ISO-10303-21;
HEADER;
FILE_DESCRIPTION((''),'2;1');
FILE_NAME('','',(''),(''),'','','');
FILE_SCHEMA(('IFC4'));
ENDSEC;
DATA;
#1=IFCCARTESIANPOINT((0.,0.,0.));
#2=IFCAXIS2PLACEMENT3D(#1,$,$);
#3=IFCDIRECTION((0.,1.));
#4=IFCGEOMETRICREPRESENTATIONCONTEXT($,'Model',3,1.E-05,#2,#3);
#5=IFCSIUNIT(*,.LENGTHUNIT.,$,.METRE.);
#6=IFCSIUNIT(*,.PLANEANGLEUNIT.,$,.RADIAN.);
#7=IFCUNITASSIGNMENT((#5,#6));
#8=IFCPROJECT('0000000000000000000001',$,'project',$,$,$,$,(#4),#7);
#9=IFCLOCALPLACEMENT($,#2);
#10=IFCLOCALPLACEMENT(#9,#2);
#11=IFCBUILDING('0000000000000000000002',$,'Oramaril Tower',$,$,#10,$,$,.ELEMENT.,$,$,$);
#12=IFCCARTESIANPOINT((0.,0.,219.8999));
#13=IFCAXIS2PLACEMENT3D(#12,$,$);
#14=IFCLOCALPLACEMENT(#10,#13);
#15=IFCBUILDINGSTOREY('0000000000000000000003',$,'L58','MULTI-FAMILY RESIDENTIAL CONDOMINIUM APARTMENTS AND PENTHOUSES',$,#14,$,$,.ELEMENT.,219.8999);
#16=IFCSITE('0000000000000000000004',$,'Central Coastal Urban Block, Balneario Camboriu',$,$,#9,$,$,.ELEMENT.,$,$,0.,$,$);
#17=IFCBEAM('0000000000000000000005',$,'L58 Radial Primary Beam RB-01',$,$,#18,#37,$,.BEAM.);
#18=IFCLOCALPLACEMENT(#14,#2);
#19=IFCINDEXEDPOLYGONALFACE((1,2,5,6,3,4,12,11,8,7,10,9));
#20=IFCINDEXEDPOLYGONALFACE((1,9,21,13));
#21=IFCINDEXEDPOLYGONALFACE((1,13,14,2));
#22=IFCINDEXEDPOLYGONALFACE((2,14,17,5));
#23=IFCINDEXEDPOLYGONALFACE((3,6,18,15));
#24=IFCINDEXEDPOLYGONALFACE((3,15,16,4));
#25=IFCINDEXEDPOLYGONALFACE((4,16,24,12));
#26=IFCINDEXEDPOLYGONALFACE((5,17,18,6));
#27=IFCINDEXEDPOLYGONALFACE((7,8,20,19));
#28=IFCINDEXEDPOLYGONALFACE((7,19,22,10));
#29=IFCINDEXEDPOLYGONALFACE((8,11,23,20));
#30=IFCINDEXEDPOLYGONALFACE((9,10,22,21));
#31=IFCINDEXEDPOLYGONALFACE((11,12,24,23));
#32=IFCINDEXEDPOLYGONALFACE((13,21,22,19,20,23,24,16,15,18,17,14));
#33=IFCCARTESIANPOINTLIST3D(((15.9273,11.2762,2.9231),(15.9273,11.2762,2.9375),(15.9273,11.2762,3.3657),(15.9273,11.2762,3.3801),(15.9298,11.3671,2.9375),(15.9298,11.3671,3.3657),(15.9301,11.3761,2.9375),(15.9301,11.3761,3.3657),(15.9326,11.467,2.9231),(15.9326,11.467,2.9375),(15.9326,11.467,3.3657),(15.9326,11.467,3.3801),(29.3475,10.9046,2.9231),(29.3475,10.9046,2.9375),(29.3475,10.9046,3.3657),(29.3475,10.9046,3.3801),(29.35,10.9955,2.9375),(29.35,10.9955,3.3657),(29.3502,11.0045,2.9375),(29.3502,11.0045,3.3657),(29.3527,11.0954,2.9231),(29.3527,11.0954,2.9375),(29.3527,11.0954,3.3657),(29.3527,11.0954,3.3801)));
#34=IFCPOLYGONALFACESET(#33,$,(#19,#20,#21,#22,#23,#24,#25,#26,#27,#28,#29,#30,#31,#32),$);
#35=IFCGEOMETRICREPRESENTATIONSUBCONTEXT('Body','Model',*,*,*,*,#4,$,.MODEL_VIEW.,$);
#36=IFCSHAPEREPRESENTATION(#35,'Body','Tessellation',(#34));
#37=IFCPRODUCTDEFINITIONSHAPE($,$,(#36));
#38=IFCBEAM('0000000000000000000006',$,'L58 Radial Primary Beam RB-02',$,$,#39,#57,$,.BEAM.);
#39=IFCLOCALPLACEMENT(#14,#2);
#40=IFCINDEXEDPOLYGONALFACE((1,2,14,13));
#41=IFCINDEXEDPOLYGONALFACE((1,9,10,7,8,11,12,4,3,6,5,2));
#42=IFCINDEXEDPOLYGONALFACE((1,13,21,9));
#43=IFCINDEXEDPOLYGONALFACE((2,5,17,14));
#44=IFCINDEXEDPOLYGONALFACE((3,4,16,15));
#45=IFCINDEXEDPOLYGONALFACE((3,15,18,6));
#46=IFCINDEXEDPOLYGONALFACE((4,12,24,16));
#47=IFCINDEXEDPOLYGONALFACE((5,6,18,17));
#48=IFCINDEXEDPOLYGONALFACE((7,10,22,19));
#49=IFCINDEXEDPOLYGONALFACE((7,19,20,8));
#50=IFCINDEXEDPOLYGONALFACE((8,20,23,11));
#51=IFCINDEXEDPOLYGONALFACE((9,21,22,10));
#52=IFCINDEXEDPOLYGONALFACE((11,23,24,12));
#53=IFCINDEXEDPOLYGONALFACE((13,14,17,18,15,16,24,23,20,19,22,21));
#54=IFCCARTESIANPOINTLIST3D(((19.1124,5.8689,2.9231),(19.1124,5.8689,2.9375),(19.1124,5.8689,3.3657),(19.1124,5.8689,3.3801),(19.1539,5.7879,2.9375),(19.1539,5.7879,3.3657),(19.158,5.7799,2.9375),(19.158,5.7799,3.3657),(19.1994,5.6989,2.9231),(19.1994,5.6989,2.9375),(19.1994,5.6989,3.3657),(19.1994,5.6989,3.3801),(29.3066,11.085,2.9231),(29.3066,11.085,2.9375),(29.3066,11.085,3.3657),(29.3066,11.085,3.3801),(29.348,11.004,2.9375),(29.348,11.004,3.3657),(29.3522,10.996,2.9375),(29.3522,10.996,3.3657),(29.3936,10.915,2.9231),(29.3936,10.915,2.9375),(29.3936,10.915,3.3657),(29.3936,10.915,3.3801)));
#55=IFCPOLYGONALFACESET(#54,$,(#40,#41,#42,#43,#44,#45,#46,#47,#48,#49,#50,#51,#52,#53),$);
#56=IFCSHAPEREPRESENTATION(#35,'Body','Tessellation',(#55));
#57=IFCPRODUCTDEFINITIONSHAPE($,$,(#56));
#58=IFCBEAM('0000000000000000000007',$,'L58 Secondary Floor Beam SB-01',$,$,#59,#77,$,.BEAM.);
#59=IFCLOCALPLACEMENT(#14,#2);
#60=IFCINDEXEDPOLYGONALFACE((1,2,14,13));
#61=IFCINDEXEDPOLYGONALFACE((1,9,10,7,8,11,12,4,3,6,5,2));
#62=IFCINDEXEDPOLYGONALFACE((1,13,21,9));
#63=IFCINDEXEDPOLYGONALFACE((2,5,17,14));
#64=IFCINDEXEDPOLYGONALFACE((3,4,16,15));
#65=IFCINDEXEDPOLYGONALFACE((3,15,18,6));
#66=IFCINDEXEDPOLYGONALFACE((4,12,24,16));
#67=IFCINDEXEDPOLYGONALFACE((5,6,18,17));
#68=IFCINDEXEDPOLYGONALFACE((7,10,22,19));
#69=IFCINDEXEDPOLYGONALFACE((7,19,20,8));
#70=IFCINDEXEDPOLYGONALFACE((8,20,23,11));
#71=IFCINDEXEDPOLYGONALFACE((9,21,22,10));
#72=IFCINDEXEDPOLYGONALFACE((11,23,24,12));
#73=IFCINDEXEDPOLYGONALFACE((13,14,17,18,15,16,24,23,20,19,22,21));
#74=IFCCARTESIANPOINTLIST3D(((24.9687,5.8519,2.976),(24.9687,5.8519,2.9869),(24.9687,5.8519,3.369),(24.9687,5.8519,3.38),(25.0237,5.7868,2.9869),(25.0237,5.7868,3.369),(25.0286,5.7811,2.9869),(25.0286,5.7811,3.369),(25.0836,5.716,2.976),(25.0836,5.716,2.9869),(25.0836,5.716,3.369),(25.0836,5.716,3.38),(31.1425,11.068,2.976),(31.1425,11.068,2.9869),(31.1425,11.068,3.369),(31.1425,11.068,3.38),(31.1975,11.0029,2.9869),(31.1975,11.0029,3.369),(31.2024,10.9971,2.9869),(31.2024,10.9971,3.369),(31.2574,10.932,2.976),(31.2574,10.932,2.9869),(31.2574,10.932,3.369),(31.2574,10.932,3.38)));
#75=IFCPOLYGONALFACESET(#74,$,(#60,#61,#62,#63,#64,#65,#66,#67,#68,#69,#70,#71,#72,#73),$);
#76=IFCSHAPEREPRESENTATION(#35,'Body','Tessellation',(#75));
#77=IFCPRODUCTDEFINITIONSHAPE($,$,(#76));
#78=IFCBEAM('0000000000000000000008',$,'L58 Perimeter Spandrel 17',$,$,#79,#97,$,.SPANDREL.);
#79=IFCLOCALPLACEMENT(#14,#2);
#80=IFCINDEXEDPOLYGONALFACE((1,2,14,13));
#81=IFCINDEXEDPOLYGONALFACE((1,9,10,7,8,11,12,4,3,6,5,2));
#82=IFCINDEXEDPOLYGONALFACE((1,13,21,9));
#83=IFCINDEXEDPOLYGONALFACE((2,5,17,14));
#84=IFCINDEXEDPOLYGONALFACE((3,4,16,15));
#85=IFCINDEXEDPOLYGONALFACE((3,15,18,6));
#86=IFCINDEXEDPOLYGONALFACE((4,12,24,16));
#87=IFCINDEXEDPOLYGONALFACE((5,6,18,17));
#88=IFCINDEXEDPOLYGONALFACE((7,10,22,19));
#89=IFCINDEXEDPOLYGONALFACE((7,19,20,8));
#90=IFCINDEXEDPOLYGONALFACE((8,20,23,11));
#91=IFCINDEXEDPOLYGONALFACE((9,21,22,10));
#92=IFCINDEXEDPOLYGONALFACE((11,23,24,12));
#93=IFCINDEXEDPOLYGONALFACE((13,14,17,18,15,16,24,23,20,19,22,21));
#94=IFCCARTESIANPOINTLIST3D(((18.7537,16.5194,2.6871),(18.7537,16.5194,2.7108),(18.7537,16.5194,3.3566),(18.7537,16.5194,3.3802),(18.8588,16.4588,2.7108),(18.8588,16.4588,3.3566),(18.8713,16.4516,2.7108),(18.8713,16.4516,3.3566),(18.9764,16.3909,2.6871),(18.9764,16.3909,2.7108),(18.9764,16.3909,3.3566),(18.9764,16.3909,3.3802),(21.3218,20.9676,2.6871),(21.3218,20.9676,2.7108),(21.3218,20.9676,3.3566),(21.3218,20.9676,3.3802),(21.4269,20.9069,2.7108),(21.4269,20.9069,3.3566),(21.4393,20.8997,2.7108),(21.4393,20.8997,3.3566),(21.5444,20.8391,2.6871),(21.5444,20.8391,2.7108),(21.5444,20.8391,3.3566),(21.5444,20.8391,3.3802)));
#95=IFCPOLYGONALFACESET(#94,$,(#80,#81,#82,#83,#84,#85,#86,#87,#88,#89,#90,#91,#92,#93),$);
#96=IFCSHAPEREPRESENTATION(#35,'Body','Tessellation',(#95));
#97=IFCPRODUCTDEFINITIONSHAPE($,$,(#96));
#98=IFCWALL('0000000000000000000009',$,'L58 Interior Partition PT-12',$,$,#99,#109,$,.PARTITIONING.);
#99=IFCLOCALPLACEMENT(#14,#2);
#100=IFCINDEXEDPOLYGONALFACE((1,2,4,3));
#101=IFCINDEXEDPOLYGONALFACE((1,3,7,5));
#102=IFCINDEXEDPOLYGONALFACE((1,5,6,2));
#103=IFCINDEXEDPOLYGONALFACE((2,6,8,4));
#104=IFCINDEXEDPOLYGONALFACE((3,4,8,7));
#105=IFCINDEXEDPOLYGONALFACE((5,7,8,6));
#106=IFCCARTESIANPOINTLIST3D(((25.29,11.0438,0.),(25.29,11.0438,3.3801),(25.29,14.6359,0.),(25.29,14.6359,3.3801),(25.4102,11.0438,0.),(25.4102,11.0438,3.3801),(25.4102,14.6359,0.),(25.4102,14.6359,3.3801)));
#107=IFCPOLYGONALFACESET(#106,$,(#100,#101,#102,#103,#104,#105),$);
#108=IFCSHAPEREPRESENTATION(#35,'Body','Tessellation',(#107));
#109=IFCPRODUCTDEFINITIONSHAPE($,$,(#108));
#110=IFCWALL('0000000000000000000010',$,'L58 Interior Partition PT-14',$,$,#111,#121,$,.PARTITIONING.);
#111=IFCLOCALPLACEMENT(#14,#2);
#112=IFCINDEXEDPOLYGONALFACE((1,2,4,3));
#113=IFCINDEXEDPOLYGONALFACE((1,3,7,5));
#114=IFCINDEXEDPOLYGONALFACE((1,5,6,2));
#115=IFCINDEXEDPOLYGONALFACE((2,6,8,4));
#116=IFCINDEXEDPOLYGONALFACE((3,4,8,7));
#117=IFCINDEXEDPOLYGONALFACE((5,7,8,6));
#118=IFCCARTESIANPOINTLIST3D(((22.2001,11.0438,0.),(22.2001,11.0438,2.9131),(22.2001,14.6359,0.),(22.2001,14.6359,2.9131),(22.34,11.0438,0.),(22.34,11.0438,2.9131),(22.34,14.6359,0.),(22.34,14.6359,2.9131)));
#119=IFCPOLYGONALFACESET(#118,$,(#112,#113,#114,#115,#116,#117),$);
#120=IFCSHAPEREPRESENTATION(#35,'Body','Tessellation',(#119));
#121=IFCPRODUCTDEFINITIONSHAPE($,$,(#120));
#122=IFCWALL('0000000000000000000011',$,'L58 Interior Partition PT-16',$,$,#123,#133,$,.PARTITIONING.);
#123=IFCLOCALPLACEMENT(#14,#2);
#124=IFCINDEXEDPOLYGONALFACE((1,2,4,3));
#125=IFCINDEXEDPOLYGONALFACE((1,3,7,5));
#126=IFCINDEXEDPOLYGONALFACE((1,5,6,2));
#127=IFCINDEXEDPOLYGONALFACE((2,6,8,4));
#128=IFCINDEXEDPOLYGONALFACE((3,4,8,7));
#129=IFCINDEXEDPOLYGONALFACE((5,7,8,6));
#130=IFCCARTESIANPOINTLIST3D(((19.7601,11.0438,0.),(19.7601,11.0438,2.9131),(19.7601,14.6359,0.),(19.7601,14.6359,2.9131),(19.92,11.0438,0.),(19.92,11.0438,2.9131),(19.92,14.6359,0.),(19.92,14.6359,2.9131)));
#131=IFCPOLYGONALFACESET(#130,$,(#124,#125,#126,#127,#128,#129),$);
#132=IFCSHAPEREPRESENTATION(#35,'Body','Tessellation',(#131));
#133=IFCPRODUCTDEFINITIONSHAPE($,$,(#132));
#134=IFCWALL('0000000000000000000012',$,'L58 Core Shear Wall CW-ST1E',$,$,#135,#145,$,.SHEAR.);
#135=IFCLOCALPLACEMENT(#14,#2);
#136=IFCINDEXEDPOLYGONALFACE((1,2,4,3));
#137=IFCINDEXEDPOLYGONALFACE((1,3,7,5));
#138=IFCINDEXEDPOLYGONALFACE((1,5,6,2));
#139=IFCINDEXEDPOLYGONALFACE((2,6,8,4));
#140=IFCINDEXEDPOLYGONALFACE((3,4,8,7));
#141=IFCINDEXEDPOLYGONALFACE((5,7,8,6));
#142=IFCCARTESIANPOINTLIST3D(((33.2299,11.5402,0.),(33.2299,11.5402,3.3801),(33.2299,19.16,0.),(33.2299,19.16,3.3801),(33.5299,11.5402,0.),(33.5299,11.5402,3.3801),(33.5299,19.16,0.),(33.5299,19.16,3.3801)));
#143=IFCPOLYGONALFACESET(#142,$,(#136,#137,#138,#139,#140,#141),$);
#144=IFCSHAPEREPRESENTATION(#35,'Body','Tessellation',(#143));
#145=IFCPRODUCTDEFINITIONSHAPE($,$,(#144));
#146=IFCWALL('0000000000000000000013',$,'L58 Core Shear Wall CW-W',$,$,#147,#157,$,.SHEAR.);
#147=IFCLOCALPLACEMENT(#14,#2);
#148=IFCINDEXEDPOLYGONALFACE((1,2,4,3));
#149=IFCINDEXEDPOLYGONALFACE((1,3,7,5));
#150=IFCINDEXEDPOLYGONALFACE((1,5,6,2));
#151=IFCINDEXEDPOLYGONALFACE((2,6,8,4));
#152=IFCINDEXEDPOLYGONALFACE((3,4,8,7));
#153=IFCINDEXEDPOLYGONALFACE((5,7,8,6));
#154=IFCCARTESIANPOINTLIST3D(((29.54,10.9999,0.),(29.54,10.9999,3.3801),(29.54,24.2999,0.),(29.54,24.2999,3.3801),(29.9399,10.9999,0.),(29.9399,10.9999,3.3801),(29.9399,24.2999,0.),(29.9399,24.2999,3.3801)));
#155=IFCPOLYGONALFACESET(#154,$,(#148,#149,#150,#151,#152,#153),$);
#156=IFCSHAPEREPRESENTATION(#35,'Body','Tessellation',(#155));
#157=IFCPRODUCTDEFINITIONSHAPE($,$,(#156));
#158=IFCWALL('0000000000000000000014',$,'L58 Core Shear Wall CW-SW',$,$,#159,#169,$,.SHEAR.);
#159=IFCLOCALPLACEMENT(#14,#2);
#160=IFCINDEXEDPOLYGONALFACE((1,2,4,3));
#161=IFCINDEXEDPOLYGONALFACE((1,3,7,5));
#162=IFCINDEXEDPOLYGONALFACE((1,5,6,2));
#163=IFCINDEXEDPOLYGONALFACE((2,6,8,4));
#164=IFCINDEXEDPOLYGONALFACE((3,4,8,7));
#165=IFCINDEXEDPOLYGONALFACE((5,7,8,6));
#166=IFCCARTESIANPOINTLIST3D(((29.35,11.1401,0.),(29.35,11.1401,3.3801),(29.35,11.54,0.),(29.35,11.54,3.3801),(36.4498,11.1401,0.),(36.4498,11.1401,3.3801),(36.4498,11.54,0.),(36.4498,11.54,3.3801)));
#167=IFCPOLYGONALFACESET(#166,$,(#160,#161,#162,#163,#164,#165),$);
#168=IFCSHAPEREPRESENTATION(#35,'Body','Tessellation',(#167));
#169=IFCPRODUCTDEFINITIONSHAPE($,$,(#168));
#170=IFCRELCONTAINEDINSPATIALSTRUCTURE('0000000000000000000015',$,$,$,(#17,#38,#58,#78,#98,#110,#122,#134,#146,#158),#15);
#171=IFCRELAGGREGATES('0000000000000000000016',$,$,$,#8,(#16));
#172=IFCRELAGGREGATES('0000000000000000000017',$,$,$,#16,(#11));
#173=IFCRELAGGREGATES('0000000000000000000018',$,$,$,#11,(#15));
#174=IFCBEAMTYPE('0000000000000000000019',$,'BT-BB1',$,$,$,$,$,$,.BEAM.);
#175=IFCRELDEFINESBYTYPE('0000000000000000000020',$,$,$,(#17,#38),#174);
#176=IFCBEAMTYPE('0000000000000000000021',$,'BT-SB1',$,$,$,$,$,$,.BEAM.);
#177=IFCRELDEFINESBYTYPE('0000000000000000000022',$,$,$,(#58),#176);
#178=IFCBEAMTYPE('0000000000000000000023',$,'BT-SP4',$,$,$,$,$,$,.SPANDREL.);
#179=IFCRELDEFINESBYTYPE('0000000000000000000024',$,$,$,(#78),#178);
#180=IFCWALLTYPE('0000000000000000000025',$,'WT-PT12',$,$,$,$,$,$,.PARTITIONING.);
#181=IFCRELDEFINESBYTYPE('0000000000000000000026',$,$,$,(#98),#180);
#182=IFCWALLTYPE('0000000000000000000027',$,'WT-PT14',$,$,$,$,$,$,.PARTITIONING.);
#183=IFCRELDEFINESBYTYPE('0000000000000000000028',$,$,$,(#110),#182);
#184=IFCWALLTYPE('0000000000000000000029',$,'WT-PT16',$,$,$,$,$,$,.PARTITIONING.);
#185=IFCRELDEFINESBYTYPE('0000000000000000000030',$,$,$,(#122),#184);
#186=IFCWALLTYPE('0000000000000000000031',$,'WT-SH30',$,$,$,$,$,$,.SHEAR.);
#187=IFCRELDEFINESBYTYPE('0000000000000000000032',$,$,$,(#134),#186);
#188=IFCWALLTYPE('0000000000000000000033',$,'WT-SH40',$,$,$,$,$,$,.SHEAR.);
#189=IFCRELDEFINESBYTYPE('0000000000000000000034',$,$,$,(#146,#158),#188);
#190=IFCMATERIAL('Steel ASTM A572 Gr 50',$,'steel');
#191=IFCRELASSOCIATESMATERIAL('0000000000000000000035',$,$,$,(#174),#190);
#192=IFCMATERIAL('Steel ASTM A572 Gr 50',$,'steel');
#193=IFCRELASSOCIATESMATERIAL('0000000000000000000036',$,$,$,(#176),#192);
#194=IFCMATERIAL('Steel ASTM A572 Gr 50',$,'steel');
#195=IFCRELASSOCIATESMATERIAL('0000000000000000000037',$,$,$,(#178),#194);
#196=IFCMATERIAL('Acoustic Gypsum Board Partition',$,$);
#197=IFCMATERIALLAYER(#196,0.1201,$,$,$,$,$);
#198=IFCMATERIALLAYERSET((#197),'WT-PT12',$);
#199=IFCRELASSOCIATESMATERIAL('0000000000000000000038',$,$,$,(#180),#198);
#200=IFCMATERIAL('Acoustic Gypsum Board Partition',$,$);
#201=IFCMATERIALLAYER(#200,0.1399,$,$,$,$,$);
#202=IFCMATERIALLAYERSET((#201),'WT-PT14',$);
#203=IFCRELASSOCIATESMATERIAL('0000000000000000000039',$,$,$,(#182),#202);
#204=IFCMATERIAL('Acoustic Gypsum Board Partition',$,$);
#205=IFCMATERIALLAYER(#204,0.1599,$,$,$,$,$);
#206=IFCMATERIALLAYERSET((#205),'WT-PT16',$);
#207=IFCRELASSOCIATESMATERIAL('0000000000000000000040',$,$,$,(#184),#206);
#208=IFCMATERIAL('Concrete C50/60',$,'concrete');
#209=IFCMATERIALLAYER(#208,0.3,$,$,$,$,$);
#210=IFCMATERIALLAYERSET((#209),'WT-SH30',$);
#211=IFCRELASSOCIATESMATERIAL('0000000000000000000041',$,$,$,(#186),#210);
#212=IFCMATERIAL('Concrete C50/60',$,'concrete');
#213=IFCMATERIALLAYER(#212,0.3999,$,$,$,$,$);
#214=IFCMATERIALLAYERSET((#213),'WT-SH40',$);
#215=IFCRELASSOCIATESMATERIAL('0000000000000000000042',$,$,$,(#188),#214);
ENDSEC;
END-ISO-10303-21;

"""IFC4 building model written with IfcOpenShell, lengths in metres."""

from ifc_helpers import new_model, si_unit, direction, frame, frame_2d, origin, origin_2d, place, context, subcontext, project, spatial, rectangle, i_section, extrude, material, layer, layer_set, material_profile, profile_set, type_object, element, save


model = new_model("IFC4")

# Units and contexts
model_context = context("Model", 3, precision=1e-05, world=origin(), true_north=direction((0.0, 1.0)))
body_context = subcontext(model_context, "Body", "Model", "MODEL_VIEW")
ifc_project = project(units=[si_unit("LENGTHUNIT", "METRE"), si_unit("PLANEANGLEUNIT", "RADIAN")], contexts=[model_context])

# Site, building, storey
site_placement = place(None, origin())
site = spatial("IfcSite", under=ifc_project, at=site_placement, Name="Central Coastal Urban Block, Balneario Camboriu", CompositionType="ELEMENT", RefElevation=0.0)
building_placement = place(site_placement, origin())
building = spatial("IfcBuilding", under=site, at=building_placement, Name="Oramaril Tower", CompositionType="ELEMENT")
storey_placement = place(building_placement, frame((0.0, 0.0, 219.8999)))
storey = spatial("IfcBuildingStorey", under=building, at=storey_placement, Name="L58", Description="MULTI-FAMILY RESIDENTIAL CONDOMINIUM APARTMENTS AND PENTHOUSES", CompositionType="ELEMENT", Elevation=219.8999)

# Beams
ifc_material_1 = material(Name="Steel ASTM A572 Gr 50", Category="steel")
ifc_material_profile_1 = material_profile(ifc_material_1, i_section(OverallWidth=0.1909, OverallDepth=0.457, WebThickness=0.009, FlangeThickness=0.0144, at=origin_2d()), Name="W18X50")
ifc_profile_set_1 = profile_set([ifc_material_profile_1], Name="Steel ASTM A572 Gr 50")
beam_type_1 = type_object("IfcBeamType", Name="BT-BB1", PredefinedType="BEAM", material=ifc_profile_set_1)
beam_1_placement = place(storey_placement, frame((29.3501, 11.0, 3.1516), z_axis=(-0.999617, 0.027678, 0.0), x_axis=(-0.027678, -0.999617, 0.0)))
element("IfcBeam", 1, at=beam_1_placement, inside=storey, type_object=beam_type_1, Name="L58 Radial Primary Beam RB-01", PredefinedType="BEAM", context=body_context, shape_type="SweptSolid", body=[
    extrude(i_section(OverallWidth=0.1909, OverallDepth=0.457, WebThickness=0.009, FlangeThickness=0.0144, at=origin_2d()), origin(), (0.0, 0.0, 1.0), 13.4253),
])
beam_2_placement = place(storey_placement, frame((29.3501, 11.0, 3.1516), z_axis=(-0.890231, -0.455509, 0.0), x_axis=(0.455509, -0.890231, 0.0)))
element("IfcBeam", 2, at=beam_2_placement, inside=storey, type_object=beam_type_1, Name="L58 Radial Primary Beam RB-02", PredefinedType="BEAM", context=body_context, shape_type="SweptSolid", body=[
    extrude(i_section(OverallWidth=0.1909, OverallDepth=0.457, WebThickness=0.009, FlangeThickness=0.0144, at=origin_2d()), origin(), (0.0, 0.0, 1.0), 11.4512),
])
ifc_material_2 = material(Name="Steel ASTM A572 Gr 50", Category="steel")
ifc_material_profile_2 = material_profile(ifc_material_2, i_section(OverallWidth=0.178, OverallDepth=0.4041, WebThickness=0.0076, FlangeThickness=0.011, at=origin_2d()), Name="W16X36")
ifc_profile_set_2 = profile_set([ifc_material_profile_2], Name="Steel ASTM A572 Gr 50")
beam_type_2 = type_object("IfcBeamType", Name="BT-SB1", PredefinedType="BEAM", material=ifc_profile_set_2)
beam_3_placement = place(storey_placement, frame((31.2, 11.0, 3.178), z_axis=(-0.763871, -0.645369, 0.0), x_axis=(0.645369, -0.763871, 0.0)))
element("IfcBeam", 3, at=beam_3_placement, inside=storey, type_object=beam_type_2, Name="L58 Secondary Floor Beam SB-01", PredefinedType="BEAM", context=body_context, shape_type="SweptSolid", body=[
    extrude(i_section(OverallWidth=0.178, OverallDepth=0.4041, WebThickness=0.0076, FlangeThickness=0.011, at=origin_2d()), origin(), (0.0, 0.0, 1.0), 8.0823),
])
ifc_material_3 = material(Name="Steel ASTM A572 Gr 50", Category="steel")
ifc_material_profile_3 = material_profile(ifc_material_3, i_section(OverallWidth=0.2571, OverallDepth=0.6931, WebThickness=0.0144, FlangeThickness=0.0237, at=origin_2d()), Name="W27X114")
ifc_profile_set_3 = profile_set([ifc_material_profile_3], Name="Steel ASTM A572 Gr 50")
beam_type_3 = type_object("IfcBeamType", Name="BT-SP4", PredefinedType="SPANDREL", material=ifc_profile_set_3)
beam_4_placement = place(storey_placement, frame((21.4331, 20.9033, 3.0337), z_axis=(-0.499989, -0.866032, 0.0), x_axis=(0.866032, -0.499989, 0.0)))
element("IfcBeam", 4, at=beam_4_placement, inside=storey, type_object=beam_type_3, Name="L58 Perimeter Spandrel 17", PredefinedType="SPANDREL", context=body_context, shape_type="SweptSolid", body=[
    extrude(i_section(OverallWidth=0.2571, OverallDepth=0.6931, WebThickness=0.0144, FlangeThickness=0.0237, at=origin_2d()), origin(), (0.0, 0.0, 1.0), 5.1362),
])

# Walls
ifc_material_4 = material(Name="Acoustic Gypsum Board Partition")
ifc_layer_1 = layer(ifc_material_4, 0.1201)
ifc_layer_set_1 = layer_set([ifc_layer_1], Name="WT-PT12")
wall_type_1 = type_object("IfcWallType", Name="WT-PT12", PredefinedType="PARTITIONING", material=ifc_layer_set_1)
wall_1_placement = place(storey_placement, frame((25.3501, 11.0439, 0.0), z_axis=(0.0, 0.0, 1.0), x_axis=(0.0, 1.0, 0.0)))
element("IfcWall", 5, at=wall_1_placement, inside=storey, type_object=wall_type_1, Name="L58 Interior Partition PT-12", PredefinedType="PARTITIONING", context=body_context, shape_type="SweptSolid", body=[
    extrude(rectangle(XDim=3.592, YDim=0.1201, at=frame_2d((1.7959, 0.0))), origin(), (0.0, 0.0, 1.0), 3.3801),
])
ifc_material_5 = material(Name="Acoustic Gypsum Board Partition")
ifc_layer_2 = layer(ifc_material_5, 0.1399)
ifc_layer_set_2 = layer_set([ifc_layer_2], Name="WT-PT14")
wall_type_2 = type_object("IfcWallType", Name="WT-PT14", PredefinedType="PARTITIONING", material=ifc_layer_set_2)
wall_2_placement = place(storey_placement, frame((22.27, 11.0439, 0.0), z_axis=(0.0, 0.0, 1.0), x_axis=(0.0, 1.0, 0.0)))
element("IfcWall", 6, at=wall_2_placement, inside=storey, type_object=wall_type_2, Name="L58 Interior Partition PT-14", PredefinedType="PARTITIONING", context=body_context, shape_type="SweptSolid", body=[
    extrude(rectangle(XDim=3.592, YDim=0.1399, at=frame_2d((1.7959, 0.0))), origin(), (0.0, 0.0, 1.0), 2.9131),
])
ifc_material_6 = material(Name="Acoustic Gypsum Board Partition")
ifc_layer_3 = layer(ifc_material_6, 0.1599)
ifc_layer_set_3 = layer_set([ifc_layer_3], Name="WT-PT16")
wall_type_3 = type_object("IfcWallType", Name="WT-PT16", PredefinedType="PARTITIONING", material=ifc_layer_set_3)
wall_3_placement = place(storey_placement, frame((19.8401, 11.0439, 0.0), z_axis=(0.0, 0.0, 1.0), x_axis=(0.0, 1.0, 0.0)))
element("IfcWall", 7, at=wall_3_placement, inside=storey, type_object=wall_type_3, Name="L58 Interior Partition PT-16", PredefinedType="PARTITIONING", context=body_context, shape_type="SweptSolid", body=[
    extrude(rectangle(XDim=3.592, YDim=0.1599, at=frame_2d((1.7959, 0.0))), origin(), (0.0, 0.0, 1.0), 2.9131),
])

# Shared definitions
ifc_material_7 = material(Name="Concrete C50/60", Category="concrete")
ifc_layer_4 = layer(ifc_material_7, 0.3)
ifc_layer_set_4 = layer_set([ifc_layer_4], Name="WT-SH30")
wall_type_4 = type_object("IfcWallType", Name="WT-SH30", PredefinedType="SHEAR", material=ifc_layer_set_4)

# Walls
wall_4_placement = place(storey_placement, frame((33.3799, 11.54, 0.0), z_axis=(0.0, 0.0, 1.0), x_axis=(0.0, 1.0, 0.0)))
element("IfcWall", 8, at=wall_4_placement, inside=storey, type_object=wall_type_4, Name="L58 Core Shear Wall CW-ST1E", PredefinedType="SHEAR", context=body_context, shape_type="SweptSolid", body=[
    extrude(rectangle(XDim=7.6199, YDim=0.3, at=frame_2d((3.8101, 0.0))), origin(), (0.0, 0.0, 1.0), 3.3801),
])
ifc_material_8 = material(Name="Concrete C50/60", Category="concrete")
ifc_layer_5 = layer(ifc_material_8, 0.3999)
ifc_layer_set_5 = layer_set([ifc_layer_5], Name="WT-SH40")
wall_type_5 = type_object("IfcWallType", Name="WT-SH40", PredefinedType="SHEAR", material=ifc_layer_set_5)
wall_5_placement = place(storey_placement, frame((29.74, 11.0, 0.0), z_axis=(0.0, 0.0, 1.0), x_axis=(0.0, 1.0, 0.0)))
element("IfcWall", 9, at=wall_5_placement, inside=storey, type_object=wall_type_5, Name="L58 Core Shear Wall CW-W", PredefinedType="SHEAR", context=body_context, shape_type="SweptSolid", body=[
    extrude(rectangle(XDim=13.3, YDim=0.3999, at=frame_2d((6.6499, 0.0))), origin(), (0.0, 0.0, 1.0), 3.3801),
])
wall_6_placement = place(storey_placement, frame((29.3501, 11.3401, 0.0), z_axis=(0.0, 0.0, 1.0), x_axis=(1.0, 0.0, 0.0)))
element("IfcWall", 10, at=wall_6_placement, inside=storey, type_object=wall_type_5, Name="L58 Core Shear Wall CW-SW", PredefinedType="SHEAR", context=body_context, shape_type="SweptSolid", body=[
    extrude(rectangle(XDim=7.0999, YDim=0.3999, at=frame_2d((3.5498, 0.0))), origin(), (0.0, 0.0, 1.0), 3.3801),
])

save(model, "model.ifc")
